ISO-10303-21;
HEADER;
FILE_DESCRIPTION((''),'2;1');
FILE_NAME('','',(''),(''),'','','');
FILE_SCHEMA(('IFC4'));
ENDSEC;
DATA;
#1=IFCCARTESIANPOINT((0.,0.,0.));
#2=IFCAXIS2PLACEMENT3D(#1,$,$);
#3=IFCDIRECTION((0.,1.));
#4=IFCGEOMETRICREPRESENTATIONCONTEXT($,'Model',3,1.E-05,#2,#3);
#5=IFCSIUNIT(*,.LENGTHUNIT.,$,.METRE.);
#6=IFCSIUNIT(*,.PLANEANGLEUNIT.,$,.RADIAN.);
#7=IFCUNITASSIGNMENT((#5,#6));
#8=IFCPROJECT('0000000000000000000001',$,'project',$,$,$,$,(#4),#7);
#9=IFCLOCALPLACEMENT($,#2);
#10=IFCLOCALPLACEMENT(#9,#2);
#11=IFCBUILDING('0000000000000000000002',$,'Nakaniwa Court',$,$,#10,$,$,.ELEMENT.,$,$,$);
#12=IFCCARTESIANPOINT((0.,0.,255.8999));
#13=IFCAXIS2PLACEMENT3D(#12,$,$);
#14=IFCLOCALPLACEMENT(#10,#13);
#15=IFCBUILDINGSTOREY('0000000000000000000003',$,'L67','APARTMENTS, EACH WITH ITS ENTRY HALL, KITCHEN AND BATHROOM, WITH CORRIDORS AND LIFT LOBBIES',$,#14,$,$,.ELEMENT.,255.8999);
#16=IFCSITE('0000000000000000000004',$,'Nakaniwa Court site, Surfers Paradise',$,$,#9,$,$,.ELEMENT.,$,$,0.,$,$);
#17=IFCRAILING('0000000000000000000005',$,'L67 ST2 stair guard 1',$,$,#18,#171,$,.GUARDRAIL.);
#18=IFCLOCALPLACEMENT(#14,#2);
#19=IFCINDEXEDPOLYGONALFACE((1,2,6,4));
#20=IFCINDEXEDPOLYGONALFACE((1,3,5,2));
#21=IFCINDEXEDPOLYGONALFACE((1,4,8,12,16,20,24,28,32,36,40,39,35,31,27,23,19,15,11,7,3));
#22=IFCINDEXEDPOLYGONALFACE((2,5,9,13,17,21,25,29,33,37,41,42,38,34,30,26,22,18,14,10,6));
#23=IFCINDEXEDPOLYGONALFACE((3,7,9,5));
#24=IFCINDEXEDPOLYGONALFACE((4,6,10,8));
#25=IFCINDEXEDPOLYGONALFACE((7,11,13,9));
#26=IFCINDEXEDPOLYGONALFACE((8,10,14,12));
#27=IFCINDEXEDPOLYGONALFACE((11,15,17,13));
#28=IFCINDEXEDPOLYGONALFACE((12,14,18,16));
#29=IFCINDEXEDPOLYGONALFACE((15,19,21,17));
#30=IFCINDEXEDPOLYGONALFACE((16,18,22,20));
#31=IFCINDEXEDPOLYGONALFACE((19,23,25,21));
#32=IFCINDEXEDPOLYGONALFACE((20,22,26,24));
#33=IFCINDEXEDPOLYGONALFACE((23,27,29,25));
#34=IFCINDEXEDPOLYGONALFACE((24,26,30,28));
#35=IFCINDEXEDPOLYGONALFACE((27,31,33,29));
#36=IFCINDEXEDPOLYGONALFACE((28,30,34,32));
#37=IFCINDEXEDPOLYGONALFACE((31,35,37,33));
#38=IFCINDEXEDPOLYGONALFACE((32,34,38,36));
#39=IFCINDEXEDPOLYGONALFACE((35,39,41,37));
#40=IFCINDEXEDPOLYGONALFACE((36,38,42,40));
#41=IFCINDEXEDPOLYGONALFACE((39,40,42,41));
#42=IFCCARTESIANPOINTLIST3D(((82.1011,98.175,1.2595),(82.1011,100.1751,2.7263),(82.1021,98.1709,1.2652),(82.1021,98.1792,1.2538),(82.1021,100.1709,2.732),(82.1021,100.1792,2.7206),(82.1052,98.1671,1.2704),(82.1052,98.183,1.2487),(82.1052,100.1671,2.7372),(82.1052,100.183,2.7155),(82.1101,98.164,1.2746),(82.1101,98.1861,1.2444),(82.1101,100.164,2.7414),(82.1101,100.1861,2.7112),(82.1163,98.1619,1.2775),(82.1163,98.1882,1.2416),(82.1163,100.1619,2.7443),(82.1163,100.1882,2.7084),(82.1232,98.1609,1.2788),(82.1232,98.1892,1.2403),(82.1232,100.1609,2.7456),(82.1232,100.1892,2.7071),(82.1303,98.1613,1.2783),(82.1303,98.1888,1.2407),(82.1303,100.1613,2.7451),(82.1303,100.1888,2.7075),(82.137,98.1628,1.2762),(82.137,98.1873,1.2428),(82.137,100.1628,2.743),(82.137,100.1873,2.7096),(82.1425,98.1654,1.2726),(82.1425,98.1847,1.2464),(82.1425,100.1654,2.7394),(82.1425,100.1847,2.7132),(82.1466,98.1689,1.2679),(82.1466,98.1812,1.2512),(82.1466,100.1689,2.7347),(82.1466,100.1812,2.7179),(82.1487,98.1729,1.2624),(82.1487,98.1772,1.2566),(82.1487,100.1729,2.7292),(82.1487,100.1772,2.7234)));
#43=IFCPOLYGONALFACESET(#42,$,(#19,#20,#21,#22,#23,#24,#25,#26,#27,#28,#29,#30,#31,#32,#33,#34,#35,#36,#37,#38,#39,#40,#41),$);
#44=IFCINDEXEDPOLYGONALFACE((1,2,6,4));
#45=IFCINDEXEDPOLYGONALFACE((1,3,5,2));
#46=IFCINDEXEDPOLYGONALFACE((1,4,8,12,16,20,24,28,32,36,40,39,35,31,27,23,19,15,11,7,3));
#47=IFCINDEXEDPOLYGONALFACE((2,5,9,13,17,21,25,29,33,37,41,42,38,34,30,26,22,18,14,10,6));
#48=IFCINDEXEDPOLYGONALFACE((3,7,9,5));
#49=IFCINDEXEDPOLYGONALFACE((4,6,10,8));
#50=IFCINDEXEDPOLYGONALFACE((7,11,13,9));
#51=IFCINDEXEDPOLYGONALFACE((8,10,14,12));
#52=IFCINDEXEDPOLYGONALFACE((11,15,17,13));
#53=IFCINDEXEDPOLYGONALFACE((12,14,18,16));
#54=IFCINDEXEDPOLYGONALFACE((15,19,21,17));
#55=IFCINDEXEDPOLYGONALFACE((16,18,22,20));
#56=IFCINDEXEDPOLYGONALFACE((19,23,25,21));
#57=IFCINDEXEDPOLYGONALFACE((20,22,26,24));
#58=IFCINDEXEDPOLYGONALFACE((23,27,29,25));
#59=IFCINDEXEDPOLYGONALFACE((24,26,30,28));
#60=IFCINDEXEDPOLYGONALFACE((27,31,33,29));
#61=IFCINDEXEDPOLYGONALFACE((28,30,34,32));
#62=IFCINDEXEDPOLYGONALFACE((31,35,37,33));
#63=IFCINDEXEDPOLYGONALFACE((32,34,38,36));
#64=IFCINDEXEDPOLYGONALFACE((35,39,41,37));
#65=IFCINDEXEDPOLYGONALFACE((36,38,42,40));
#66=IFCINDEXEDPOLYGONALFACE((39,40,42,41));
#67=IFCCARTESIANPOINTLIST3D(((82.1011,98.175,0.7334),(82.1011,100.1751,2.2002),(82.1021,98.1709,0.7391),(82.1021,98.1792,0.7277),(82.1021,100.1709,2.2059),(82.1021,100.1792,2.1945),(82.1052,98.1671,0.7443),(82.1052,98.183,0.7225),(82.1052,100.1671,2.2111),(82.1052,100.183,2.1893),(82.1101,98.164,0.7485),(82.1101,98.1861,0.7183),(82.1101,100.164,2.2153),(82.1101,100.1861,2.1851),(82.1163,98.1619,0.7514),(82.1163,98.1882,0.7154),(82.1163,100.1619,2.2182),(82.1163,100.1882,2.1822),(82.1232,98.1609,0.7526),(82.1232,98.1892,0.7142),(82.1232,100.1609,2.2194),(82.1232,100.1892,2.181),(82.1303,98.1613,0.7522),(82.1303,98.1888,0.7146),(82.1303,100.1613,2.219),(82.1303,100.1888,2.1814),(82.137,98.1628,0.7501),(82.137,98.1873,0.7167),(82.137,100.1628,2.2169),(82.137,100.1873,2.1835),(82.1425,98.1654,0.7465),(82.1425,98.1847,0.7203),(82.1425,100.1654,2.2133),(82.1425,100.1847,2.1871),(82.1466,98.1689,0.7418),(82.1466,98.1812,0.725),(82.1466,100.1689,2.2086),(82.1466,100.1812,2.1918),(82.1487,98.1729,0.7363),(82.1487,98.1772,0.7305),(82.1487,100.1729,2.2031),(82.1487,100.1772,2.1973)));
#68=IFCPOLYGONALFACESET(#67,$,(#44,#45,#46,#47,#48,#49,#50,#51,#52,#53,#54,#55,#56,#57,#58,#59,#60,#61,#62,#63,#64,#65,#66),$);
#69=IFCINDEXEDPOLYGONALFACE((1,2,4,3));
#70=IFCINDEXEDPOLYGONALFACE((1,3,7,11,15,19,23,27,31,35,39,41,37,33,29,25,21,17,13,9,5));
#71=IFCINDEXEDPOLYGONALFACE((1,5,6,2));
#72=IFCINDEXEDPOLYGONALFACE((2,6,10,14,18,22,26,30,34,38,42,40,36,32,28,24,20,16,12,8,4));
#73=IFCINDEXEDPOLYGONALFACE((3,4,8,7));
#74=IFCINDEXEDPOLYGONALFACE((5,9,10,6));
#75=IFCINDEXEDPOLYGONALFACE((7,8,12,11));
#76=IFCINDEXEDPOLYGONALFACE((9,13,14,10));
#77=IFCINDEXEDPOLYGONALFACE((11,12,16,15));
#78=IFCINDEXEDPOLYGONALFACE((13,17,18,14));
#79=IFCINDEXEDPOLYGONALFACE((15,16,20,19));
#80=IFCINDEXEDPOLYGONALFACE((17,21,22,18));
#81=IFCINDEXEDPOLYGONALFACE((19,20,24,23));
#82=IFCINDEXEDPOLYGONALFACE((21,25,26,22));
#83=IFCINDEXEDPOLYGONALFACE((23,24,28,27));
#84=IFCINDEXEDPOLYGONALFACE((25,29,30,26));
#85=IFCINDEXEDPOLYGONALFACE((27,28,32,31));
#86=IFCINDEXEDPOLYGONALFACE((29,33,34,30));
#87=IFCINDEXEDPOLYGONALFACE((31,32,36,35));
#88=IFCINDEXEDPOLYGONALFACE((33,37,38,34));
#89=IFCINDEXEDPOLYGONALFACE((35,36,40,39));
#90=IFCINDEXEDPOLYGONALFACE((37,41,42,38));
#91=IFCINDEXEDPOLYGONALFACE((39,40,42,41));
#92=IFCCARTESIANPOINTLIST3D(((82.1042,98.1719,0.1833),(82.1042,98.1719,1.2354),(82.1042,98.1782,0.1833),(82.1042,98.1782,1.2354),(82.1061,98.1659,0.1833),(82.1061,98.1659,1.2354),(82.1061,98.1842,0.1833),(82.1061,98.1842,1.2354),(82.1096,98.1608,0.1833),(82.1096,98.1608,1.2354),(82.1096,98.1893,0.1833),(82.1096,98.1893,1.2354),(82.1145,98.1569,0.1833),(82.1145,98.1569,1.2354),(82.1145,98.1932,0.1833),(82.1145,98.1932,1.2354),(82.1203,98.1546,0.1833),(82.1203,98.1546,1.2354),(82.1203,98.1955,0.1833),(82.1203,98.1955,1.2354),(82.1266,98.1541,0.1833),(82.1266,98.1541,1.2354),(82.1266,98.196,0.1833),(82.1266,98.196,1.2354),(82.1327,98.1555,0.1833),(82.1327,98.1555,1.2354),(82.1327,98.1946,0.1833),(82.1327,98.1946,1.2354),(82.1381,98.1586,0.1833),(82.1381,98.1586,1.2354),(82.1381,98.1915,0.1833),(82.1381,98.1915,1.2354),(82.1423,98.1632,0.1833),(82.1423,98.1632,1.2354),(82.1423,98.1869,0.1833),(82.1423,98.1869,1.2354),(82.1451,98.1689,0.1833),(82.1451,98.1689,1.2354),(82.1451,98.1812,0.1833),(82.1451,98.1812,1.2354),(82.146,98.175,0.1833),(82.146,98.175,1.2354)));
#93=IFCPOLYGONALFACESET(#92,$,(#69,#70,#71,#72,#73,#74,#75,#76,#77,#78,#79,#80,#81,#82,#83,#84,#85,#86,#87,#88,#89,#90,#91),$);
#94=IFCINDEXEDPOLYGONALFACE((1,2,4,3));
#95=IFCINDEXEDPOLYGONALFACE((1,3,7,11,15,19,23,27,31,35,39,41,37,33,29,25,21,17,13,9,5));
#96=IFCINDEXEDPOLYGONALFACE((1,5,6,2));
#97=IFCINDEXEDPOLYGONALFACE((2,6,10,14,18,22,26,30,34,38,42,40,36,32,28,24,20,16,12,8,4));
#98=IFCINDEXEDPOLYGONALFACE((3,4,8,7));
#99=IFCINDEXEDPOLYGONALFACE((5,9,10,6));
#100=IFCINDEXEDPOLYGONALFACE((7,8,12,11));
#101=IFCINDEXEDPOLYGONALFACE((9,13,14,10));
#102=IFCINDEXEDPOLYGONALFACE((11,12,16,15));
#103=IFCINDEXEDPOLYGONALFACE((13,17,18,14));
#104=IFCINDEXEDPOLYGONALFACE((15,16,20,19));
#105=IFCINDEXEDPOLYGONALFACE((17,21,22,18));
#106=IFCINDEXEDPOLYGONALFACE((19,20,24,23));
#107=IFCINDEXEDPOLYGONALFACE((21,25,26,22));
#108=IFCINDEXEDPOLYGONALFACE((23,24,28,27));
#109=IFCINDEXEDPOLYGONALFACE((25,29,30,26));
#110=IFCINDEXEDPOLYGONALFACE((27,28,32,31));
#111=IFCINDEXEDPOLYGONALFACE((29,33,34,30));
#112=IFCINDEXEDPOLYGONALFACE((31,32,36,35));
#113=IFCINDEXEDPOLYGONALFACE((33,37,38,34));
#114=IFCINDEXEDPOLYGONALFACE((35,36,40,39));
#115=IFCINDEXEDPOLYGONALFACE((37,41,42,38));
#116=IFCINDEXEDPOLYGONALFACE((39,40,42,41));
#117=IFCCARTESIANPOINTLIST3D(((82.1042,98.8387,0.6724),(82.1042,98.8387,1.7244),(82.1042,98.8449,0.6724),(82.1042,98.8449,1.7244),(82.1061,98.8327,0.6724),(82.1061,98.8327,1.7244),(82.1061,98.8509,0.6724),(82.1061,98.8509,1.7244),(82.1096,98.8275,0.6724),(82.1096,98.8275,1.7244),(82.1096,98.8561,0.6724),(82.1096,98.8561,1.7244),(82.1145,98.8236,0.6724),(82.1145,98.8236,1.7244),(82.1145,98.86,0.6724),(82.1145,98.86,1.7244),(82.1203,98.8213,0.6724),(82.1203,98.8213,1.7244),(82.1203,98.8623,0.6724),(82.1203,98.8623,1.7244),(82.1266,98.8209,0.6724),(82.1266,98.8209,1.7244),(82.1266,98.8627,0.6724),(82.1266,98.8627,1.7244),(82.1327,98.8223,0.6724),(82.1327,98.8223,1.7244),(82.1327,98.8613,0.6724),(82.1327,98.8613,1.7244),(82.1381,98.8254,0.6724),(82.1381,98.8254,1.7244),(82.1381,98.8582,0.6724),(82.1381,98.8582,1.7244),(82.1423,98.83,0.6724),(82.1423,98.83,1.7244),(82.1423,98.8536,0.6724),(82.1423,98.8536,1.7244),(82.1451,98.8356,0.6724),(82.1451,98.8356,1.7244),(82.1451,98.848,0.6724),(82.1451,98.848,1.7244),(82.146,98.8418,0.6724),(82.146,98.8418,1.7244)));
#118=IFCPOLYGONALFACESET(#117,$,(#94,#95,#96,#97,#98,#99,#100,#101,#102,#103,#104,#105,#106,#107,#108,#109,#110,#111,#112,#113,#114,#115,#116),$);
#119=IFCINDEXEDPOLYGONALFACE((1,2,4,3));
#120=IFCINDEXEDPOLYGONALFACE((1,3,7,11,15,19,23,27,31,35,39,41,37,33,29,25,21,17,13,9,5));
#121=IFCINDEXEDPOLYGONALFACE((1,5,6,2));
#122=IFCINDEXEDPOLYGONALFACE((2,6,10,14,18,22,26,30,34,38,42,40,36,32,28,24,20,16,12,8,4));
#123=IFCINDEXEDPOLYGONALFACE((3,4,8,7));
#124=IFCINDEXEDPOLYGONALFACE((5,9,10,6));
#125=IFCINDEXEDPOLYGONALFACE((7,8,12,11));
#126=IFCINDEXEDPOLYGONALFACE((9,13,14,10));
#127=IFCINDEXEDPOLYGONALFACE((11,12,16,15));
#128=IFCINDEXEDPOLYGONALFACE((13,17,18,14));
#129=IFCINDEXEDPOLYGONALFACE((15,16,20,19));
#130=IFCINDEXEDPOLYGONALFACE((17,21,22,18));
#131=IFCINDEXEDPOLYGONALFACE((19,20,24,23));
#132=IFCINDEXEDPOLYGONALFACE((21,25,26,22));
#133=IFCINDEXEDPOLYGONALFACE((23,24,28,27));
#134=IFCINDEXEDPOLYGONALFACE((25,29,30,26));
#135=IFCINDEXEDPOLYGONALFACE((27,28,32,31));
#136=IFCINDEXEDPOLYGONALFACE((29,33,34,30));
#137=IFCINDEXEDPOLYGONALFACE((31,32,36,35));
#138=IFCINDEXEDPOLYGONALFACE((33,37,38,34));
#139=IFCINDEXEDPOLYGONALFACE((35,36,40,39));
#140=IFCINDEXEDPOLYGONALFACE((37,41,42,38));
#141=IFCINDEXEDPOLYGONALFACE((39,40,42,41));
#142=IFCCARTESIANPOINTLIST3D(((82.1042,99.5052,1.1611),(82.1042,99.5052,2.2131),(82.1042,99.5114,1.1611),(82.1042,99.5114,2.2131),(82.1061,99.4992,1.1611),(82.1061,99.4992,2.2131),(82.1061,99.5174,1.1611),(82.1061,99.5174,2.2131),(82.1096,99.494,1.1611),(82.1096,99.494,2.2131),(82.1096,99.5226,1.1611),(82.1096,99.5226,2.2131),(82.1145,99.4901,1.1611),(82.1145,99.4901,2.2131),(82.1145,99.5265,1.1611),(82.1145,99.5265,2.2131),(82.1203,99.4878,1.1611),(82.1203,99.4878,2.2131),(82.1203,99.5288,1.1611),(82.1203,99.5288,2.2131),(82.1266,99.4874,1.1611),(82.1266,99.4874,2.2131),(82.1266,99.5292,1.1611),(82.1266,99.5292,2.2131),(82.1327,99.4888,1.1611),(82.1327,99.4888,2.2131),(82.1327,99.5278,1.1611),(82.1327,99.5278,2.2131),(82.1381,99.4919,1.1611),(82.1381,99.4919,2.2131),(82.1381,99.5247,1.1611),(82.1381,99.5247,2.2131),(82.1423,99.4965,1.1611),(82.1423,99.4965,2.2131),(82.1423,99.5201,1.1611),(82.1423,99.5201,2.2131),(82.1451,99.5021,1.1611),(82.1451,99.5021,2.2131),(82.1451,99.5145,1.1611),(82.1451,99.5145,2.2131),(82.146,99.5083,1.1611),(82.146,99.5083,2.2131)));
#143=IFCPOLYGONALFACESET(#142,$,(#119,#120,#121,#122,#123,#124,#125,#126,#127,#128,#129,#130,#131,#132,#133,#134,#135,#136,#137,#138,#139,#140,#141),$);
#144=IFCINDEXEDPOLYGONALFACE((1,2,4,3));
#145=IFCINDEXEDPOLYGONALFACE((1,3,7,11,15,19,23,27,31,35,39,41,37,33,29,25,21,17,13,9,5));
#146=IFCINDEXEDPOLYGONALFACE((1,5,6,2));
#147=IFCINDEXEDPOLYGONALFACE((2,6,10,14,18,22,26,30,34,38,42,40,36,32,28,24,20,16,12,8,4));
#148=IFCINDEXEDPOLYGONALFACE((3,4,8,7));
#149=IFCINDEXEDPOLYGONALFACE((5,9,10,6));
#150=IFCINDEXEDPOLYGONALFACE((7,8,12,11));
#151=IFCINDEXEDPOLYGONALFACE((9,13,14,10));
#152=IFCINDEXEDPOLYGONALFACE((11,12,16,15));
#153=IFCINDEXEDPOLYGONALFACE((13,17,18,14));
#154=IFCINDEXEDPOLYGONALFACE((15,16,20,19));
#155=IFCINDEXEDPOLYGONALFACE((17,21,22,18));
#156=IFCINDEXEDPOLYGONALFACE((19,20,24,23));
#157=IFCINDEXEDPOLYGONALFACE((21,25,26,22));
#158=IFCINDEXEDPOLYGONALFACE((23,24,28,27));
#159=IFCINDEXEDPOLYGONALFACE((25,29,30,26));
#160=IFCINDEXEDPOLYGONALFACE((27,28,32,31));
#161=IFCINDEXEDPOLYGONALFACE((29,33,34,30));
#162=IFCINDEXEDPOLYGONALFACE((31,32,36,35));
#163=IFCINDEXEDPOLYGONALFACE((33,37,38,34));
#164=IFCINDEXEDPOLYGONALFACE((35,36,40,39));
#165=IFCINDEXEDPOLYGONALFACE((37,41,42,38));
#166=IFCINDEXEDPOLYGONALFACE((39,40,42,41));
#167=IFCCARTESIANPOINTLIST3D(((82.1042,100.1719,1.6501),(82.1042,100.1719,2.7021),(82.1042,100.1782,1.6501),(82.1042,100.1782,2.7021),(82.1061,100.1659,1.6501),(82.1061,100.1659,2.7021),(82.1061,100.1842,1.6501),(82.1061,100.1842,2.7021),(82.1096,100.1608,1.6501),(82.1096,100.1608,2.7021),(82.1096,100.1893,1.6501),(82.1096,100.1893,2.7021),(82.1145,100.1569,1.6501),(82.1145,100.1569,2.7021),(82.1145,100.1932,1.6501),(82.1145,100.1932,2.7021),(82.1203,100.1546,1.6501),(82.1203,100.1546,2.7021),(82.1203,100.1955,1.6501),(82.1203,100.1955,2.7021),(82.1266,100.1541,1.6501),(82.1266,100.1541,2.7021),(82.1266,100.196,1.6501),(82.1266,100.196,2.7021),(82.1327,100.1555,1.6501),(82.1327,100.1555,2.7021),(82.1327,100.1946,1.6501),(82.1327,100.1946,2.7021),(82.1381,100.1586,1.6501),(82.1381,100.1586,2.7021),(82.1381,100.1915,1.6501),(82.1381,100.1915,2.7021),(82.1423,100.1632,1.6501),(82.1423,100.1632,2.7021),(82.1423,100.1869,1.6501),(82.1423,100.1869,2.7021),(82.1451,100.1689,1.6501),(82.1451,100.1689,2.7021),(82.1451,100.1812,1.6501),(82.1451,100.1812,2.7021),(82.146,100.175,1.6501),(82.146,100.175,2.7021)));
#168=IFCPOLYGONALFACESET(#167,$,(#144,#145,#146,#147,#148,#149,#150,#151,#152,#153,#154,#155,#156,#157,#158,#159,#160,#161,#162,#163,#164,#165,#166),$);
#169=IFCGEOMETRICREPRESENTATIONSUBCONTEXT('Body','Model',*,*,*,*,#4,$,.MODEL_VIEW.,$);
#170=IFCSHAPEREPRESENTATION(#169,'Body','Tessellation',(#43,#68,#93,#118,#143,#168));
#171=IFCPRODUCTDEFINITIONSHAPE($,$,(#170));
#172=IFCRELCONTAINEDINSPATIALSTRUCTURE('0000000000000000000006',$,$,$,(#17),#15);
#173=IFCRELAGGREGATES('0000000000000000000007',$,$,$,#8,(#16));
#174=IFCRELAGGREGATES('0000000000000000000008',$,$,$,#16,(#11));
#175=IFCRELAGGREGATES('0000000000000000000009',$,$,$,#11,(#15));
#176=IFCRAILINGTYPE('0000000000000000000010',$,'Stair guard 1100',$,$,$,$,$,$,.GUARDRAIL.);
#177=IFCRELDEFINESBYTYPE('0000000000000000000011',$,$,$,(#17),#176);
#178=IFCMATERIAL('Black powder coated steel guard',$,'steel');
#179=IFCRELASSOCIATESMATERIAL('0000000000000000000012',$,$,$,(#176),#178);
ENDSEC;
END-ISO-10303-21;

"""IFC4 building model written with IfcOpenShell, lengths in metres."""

from ifc_helpers import new_model, si_unit, direction, frame, origin, origin_2d, place, context, subcontext, project, spatial, circle, extrude, material, type_object, element, save


model = new_model("IFC4")

# Units and contexts
model_context = context("Model", 3, precision=1e-05, world=origin(), true_north=direction((0.0, 1.0)))
body_context = subcontext(model_context, "Body", "Model", "MODEL_VIEW")
ifc_project = project(units=[si_unit("LENGTHUNIT", "METRE"), si_unit("PLANEANGLEUNIT", "RADIAN")], contexts=[model_context])

# Site, building, storey
site_placement = place(None, origin())
site = spatial("IfcSite", under=ifc_project, at=site_placement, Name="Nakaniwa Court site, Surfers Paradise", CompositionType="ELEMENT", RefElevation=0.0)
building_placement = place(site_placement, origin())
building = spatial("IfcBuilding", under=site, at=building_placement, Name="Nakaniwa Court", CompositionType="ELEMENT")
storey_placement = place(building_placement, frame((0.0, 0.0, 255.8999)))
storey = spatial("IfcBuildingStorey", under=building, at=storey_placement, Name="L67", Description="APARTMENTS, EACH WITH ITS ENTRY HALL, KITCHEN AND BATHROOM, WITH CORRIDORS AND LIFT LOBBIES", CompositionType="ELEMENT", Elevation=255.8999)

# Railing
ifc_material_1 = material(Name="Black powder coated steel guard", Category="steel")
railing_type_1 = type_object("IfcRailingType", Name="Stair guard 1100", PredefinedType="GUARDRAIL", material=ifc_material_1)
railing_1_placement = place(storey_placement, frame((82.125, 98.175, 0.1833)))
element("IfcRailing", 1, at=railing_1_placement, inside=storey, type_object=railing_type_1, Name="L67 ST2 stair guard 1", PredefinedType="GUARDRAIL", context=body_context, shape_type="SweptSolid", body=[
    extrude(circle(Radius=0.0239, at=origin_2d()), frame((0.0, 0.0, 1.0762), z_axis=(0.0, 0.80638, 0.591398), x_axis=(-1.0, 0.0, 0.0)), (0.0, 0.0, 1.0), 2.4802),
    extrude(circle(Radius=0.0239, at=origin_2d()), frame((0.0, 0.0, 0.55), z_axis=(0.0, 0.80638, 0.591398), x_axis=(-1.0, 0.0, 0.0)), (0.0, 0.0, 1.0), 2.4802),
    extrude(circle(Radius=0.021, at=origin_2d()), origin(), (0.0, 0.0, 1.0), 1.052),
    extrude(circle(Radius=0.021, at=origin_2d()), frame((0.0, 0.6667, 0.489)), (0.0, 0.0, 1.0), 1.052),
    extrude(circle(Radius=0.021, at=origin_2d()), frame((0.0, 1.3333, 0.9778)), (0.0, 0.0, 1.0), 1.052),
    extrude(circle(Radius=0.021, at=origin_2d()), frame((0.0, 2.0, 1.4668)), (0.0, 0.0, 1.0), 1.052),
])

save(model, "model.ifc")
